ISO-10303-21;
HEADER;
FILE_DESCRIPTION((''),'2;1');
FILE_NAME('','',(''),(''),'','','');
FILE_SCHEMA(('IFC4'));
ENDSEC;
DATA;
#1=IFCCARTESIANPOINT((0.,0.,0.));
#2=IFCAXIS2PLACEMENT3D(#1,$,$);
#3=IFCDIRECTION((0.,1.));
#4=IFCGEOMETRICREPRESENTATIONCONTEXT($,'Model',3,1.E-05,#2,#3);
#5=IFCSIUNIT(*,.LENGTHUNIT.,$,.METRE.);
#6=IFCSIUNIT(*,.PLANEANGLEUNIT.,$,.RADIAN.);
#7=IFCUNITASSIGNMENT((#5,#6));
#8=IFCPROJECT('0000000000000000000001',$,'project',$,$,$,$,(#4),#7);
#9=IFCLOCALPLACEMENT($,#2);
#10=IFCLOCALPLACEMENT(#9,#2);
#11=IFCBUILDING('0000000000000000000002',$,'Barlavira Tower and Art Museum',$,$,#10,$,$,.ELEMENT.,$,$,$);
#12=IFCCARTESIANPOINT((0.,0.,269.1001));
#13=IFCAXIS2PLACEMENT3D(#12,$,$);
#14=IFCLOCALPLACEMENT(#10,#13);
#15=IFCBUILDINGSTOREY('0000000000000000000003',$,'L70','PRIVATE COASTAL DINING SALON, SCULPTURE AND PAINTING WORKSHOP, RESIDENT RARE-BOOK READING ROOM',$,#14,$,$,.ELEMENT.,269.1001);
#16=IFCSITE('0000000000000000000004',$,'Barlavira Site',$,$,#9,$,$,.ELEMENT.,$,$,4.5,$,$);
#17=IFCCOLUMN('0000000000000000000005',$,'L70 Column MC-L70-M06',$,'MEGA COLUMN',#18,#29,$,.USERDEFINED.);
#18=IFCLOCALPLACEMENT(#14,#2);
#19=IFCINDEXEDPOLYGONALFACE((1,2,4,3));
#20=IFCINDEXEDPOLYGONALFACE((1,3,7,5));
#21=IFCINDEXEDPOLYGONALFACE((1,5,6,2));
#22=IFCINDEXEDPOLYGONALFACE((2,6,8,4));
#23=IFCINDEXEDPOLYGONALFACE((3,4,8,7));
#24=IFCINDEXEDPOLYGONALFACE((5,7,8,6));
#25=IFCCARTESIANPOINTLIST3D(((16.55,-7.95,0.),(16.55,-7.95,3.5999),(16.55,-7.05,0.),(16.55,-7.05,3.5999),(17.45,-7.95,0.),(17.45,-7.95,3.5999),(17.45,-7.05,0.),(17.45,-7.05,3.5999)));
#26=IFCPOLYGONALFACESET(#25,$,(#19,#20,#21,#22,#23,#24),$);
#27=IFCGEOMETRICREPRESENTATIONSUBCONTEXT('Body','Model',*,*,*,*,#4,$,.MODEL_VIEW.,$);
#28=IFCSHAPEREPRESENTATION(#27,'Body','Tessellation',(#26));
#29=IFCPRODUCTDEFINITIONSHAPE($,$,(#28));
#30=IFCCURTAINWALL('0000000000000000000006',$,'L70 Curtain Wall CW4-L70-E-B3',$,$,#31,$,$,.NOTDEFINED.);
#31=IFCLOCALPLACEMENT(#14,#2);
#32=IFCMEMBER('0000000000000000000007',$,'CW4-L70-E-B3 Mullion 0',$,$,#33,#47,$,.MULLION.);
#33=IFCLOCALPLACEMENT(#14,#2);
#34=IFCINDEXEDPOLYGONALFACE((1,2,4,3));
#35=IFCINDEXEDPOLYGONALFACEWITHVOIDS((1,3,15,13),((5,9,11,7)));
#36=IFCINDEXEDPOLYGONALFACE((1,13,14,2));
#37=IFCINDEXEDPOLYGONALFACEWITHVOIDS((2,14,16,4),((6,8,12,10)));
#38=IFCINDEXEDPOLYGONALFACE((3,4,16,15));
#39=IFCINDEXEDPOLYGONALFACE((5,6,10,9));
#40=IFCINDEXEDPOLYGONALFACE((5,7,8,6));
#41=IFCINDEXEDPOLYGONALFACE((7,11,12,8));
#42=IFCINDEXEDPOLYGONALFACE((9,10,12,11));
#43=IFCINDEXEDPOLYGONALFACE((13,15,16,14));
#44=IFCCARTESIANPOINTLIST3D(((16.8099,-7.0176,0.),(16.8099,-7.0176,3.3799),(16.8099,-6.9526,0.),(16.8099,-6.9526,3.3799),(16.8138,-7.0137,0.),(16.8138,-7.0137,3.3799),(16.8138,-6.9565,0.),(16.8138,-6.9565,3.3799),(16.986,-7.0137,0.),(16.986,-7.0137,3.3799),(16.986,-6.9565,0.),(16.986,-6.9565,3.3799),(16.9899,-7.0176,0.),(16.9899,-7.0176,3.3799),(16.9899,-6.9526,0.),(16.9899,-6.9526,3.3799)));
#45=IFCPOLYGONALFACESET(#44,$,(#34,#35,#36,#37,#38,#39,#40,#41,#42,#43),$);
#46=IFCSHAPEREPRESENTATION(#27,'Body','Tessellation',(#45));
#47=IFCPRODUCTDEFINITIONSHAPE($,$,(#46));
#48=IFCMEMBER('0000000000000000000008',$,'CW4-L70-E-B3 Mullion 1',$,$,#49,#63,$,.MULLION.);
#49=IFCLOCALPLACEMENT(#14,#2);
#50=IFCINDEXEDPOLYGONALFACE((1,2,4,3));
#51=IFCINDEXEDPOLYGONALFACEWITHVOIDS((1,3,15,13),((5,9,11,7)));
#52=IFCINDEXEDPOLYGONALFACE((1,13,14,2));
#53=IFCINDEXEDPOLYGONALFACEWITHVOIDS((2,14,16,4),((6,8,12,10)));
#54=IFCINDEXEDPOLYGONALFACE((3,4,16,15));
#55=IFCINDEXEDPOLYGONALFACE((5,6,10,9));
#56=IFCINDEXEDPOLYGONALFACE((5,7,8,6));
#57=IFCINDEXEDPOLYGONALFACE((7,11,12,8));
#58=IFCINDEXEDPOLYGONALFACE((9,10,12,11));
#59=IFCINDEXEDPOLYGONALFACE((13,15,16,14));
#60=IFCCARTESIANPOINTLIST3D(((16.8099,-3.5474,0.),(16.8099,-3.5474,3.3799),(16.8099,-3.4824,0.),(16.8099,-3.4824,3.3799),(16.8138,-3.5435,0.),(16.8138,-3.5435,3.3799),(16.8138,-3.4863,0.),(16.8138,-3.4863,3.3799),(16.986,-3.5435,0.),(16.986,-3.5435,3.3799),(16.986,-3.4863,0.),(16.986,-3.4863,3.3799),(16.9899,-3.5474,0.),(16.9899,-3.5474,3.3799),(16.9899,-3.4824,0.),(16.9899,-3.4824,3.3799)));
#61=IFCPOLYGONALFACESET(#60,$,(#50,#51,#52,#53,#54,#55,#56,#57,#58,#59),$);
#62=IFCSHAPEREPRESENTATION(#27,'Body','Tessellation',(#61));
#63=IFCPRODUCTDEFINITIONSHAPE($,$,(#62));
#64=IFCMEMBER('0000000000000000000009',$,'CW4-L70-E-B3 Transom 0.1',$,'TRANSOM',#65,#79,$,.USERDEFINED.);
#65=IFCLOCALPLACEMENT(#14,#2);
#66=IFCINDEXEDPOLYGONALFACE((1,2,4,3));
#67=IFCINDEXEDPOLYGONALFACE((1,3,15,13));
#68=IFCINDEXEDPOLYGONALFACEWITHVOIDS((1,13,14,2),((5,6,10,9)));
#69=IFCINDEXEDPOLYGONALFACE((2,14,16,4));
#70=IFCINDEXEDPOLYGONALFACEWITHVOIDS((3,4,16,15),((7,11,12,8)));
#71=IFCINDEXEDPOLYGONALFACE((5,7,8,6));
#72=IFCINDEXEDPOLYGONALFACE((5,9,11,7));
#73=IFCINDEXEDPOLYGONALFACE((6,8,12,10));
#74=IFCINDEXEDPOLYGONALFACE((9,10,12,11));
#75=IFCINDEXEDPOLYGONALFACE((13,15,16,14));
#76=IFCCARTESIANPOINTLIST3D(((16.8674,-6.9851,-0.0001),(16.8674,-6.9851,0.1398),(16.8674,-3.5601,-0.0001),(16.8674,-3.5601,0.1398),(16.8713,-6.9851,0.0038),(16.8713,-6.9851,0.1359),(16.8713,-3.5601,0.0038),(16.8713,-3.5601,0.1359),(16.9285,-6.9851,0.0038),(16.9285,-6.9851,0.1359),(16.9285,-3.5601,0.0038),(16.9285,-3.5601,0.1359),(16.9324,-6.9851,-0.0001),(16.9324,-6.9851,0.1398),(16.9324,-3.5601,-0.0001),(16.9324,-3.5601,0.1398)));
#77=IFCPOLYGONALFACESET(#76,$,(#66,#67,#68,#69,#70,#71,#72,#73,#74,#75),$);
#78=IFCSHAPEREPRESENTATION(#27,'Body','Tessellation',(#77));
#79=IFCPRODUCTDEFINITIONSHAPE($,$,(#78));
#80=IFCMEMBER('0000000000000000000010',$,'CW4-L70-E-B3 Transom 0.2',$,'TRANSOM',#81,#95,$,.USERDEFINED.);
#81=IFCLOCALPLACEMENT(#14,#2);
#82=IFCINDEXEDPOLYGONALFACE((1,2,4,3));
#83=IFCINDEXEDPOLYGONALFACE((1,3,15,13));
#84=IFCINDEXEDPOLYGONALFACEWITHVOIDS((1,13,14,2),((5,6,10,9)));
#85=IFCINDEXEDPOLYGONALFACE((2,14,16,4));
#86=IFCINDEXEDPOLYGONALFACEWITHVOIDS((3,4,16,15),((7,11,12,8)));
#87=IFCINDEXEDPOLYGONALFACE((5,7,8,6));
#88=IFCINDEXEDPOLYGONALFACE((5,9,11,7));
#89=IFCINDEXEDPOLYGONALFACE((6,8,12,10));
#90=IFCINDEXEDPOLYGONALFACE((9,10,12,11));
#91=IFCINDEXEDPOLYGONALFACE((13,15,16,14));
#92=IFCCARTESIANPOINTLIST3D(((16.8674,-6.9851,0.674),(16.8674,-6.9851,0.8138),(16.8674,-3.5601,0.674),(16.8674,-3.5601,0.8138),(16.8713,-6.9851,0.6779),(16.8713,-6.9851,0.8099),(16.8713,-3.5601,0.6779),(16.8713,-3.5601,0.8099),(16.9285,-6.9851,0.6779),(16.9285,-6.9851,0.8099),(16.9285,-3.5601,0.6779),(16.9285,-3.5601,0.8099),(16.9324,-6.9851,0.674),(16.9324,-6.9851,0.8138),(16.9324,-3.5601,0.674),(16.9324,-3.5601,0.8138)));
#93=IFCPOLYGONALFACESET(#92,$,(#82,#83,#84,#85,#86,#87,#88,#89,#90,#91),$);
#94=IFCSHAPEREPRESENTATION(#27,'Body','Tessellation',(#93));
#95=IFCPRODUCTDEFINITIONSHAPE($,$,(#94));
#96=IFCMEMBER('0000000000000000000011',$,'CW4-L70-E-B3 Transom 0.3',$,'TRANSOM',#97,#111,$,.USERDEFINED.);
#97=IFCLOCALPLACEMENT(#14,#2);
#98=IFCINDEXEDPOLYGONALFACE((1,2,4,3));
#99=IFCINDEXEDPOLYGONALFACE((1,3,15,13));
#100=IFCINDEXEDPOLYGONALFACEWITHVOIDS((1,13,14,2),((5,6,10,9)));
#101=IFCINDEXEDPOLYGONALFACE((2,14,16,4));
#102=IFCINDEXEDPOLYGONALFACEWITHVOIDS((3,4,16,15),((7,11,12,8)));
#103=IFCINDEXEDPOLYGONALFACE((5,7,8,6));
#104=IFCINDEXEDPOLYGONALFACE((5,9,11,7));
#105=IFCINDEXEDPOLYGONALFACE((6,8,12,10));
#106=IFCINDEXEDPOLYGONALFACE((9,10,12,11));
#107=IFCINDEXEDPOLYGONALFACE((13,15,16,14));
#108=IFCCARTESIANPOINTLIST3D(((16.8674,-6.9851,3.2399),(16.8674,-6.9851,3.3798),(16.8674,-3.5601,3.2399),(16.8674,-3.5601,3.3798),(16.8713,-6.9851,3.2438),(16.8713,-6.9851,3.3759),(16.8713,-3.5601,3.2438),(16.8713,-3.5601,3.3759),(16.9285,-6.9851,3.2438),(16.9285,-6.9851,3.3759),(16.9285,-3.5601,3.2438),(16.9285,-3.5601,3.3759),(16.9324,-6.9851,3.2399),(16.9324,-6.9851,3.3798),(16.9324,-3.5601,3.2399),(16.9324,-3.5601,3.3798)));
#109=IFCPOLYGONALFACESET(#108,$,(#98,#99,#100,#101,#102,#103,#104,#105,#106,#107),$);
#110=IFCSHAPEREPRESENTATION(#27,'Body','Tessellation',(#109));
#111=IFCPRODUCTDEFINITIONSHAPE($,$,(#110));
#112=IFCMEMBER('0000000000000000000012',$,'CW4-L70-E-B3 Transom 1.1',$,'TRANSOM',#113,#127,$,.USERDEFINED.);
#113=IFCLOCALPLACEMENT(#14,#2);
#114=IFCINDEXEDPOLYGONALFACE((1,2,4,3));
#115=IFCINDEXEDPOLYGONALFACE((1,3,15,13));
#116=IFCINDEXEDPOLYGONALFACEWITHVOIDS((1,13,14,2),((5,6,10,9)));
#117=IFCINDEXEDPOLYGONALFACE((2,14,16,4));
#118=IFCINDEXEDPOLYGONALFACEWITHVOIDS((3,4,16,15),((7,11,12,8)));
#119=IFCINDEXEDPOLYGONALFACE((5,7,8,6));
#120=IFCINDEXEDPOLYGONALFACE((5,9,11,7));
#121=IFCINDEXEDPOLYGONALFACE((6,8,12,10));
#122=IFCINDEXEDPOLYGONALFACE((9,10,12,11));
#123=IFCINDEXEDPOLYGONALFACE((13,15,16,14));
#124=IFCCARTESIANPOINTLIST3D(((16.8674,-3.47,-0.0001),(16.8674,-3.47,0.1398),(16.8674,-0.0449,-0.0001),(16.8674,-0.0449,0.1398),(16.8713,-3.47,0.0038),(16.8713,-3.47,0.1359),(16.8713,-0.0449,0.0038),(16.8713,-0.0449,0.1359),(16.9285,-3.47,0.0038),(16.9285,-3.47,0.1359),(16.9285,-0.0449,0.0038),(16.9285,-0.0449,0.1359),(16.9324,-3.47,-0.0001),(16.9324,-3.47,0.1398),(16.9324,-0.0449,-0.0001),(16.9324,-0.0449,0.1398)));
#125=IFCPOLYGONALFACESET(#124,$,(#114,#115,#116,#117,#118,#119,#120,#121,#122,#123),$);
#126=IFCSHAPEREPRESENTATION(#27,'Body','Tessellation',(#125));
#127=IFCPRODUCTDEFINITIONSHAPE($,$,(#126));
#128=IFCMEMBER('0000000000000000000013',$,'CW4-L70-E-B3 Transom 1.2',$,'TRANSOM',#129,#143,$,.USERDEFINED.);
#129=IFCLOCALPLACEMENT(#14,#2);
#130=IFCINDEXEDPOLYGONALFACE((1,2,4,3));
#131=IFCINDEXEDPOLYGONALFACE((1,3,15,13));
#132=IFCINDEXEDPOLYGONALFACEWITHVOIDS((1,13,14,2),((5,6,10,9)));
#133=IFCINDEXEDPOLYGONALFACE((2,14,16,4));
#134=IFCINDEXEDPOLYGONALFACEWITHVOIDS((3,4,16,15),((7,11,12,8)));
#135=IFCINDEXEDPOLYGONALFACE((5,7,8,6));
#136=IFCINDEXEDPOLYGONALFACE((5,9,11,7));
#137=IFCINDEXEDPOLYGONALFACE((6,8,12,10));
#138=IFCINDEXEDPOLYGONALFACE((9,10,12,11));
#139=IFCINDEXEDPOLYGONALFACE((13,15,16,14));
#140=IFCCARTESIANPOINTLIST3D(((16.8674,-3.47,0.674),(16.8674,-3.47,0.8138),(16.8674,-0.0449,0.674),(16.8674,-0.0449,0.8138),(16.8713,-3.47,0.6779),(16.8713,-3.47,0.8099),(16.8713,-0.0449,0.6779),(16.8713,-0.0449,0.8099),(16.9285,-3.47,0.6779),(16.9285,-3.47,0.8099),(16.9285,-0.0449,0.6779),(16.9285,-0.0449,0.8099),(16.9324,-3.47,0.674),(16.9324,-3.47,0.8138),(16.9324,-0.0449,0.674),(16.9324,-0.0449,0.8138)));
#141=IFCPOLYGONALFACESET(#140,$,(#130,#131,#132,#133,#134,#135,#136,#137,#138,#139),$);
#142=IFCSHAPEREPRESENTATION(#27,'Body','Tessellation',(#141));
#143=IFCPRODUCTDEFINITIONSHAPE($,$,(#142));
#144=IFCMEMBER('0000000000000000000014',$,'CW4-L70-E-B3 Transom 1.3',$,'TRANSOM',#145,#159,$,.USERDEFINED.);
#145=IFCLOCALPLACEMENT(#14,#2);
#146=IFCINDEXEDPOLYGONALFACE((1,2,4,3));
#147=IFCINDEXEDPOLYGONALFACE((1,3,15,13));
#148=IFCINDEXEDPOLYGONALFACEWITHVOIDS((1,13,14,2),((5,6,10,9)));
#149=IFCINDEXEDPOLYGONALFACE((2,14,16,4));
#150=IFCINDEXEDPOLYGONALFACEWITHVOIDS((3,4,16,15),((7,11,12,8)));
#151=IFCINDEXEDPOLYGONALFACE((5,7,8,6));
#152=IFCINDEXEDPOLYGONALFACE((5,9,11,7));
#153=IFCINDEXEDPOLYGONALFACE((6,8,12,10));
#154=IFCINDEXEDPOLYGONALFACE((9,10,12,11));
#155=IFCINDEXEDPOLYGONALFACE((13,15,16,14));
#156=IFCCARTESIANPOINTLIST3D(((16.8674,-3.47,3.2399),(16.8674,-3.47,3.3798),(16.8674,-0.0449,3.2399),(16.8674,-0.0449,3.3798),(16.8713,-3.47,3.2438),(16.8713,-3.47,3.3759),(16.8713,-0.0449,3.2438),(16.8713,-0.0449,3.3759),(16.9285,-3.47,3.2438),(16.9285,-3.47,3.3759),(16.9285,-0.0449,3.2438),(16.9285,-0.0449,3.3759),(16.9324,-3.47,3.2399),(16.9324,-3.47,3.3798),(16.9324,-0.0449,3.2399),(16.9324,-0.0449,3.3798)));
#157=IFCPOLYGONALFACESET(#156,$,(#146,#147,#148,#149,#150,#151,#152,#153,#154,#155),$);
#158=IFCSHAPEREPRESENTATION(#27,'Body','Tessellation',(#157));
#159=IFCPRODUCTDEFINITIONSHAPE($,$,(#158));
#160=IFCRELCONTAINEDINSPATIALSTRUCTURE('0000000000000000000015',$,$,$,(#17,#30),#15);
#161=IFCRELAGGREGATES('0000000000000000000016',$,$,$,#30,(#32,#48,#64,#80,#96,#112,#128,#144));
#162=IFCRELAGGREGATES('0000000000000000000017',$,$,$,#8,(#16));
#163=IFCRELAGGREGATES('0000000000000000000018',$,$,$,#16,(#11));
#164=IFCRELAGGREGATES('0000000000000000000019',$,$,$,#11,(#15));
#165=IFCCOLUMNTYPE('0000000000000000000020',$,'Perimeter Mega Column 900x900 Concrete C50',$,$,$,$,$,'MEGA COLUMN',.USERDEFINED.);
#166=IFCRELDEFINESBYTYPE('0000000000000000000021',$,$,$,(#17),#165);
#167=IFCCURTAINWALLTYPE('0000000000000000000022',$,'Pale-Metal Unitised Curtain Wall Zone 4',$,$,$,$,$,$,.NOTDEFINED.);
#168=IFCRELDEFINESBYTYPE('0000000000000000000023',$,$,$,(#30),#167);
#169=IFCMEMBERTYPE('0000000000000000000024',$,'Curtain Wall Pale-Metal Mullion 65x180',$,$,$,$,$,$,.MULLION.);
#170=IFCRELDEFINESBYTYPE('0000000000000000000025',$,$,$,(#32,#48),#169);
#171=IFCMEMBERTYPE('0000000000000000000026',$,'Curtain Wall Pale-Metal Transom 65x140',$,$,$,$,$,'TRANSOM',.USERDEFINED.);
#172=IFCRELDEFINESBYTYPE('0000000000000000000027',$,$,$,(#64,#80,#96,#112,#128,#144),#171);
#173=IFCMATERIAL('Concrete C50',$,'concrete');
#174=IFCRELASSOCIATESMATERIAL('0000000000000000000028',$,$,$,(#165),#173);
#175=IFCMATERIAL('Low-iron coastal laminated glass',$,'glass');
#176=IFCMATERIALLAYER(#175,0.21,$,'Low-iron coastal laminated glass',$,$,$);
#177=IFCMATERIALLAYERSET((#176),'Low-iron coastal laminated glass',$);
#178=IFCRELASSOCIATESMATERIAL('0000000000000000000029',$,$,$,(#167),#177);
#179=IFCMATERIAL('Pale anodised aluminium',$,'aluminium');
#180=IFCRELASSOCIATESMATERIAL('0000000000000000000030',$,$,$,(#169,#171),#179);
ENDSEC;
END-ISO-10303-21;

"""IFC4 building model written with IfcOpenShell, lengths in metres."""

from ifc_helpers import new_model, si_unit, direction, frame, origin, origin_2d, place, context, subcontext, project, spatial, rectangle, hollow_rectangle, extrude, material, layer, layer_set, material_profile, profile_set, type_object, element, aggregate, save


model = new_model("IFC4")

# Units and contexts
model_context = context("Model", 3, precision=1e-05, world=origin(), true_north=direction((0.0, 1.0)))
body_context = subcontext(model_context, "Body", "Model", "MODEL_VIEW")
ifc_project = project(units=[si_unit("LENGTHUNIT", "METRE"), si_unit("PLANEANGLEUNIT", "RADIAN")], contexts=[model_context])

# Site, building, storey
site_placement = place(None, origin())
site = spatial("IfcSite", under=ifc_project, at=site_placement, Name="Barlavira Site", CompositionType="ELEMENT", RefElevation=4.5)
building_placement = place(site_placement, origin())
building = spatial("IfcBuilding", under=site, at=building_placement, Name="Barlavira Tower and Art Museum", CompositionType="ELEMENT")
storey_placement = place(building_placement, frame((0.0, 0.0, 269.1001)))
storey = spatial("IfcBuildingStorey", under=building, at=storey_placement, Name="L70", Description="PRIVATE COASTAL DINING SALON, SCULPTURE AND PAINTING WORKSHOP, RESIDENT RARE-BOOK READING ROOM", CompositionType="ELEMENT", Elevation=269.1001)

# Column
ifc_material_1 = material(Name="Concrete C50", Category="concrete")
ifc_material_profile_1 = material_profile(ifc_material_1, rectangle(XDim=0.8999, YDim=0.8999, at=origin_2d()), Name="RC-COL 900x900")
ifc_profile_set_1 = profile_set([ifc_material_profile_1], Name="Concrete C50")
column_type = type_object("IfcColumnType", Name="Perimeter Mega Column 900x900 Concrete C50", ElementType="MEGA COLUMN", PredefinedType="USERDEFINED", material=ifc_profile_set_1)
column_placement = place(storey_placement, frame((17.0, -7.5, 0.0), z_axis=(0.0, 0.0, 1.0), x_axis=(1.0, 0.0, 0.0)))
element("IfcColumn", 1, at=column_placement, inside=storey, type_object=column_type, Name="L70 Column MC-L70-M06", ObjectType="MEGA COLUMN", PredefinedType="USERDEFINED", context=body_context, shape_type="SweptSolid", body=[
    extrude(rectangle(XDim=0.8999, YDim=0.8999, at=origin_2d()), origin(), (0.0, 0.0, 1.0), 3.5999),
])

# Curtain wall, members
ifc_material_2 = material(Name="Low-iron coastal laminated glass", Category="glass")
ifc_layer_1 = layer(ifc_material_2, 0.21, Name="Low-iron coastal laminated glass")
ifc_layer_set_1 = layer_set([ifc_layer_1], Name="Low-iron coastal laminated glass")
curtain_wall_type = type_object("IfcCurtainWallType", Name="Pale-Metal Unitised Curtain Wall Zone 4", PredefinedType="NOTDEFINED", material=ifc_layer_set_1)
curtain_wall_placement = place(storey_placement, origin())
curtain_wall = element("IfcCurtainWall", 2, at=curtain_wall_placement, inside=storey, type_object=curtain_wall_type, Name="L70 Curtain Wall CW4-L70-E-B3", PredefinedType="NOTDEFINED")
ifc_material_3 = material(Name="Pale anodised aluminium", Category="aluminium")
ifc_material_profile_2 = material_profile(ifc_material_3, hollow_rectangle(XDim=0.0649, YDim=0.1799, WallThickness=0.0039, at=origin_2d()), Name="ALU-MULL 65x180x4")
ifc_profile_set_2 = profile_set([ifc_material_profile_2], Name="Pale anodised aluminium")
member_type_1 = type_object("IfcMemberType", Name="Curtain Wall Pale-Metal Mullion 65x180", PredefinedType="MULLION", material=ifc_profile_set_2)
member_1_placement = place(storey_placement, frame((16.8999, -6.9851, 0.0), z_axis=(0.0, 0.0, 1.0), x_axis=(0.0, 1.0, 0.0)))
member_1 = element("IfcMember", 3, at=member_1_placement, type_object=member_type_1, Name="CW4-L70-E-B3 Mullion 0", PredefinedType="MULLION", context=body_context, shape_type="SweptSolid", body=[
    extrude(hollow_rectangle(XDim=0.0649, YDim=0.1799, WallThickness=0.0039, at=origin_2d()), origin(), (0.0, 0.0, 1.0), 3.3799),
])
member_2_placement = place(storey_placement, frame((16.8999, -3.5149, 0.0), z_axis=(0.0, 0.0, 1.0), x_axis=(0.0, 1.0, 0.0)))
member_2 = element("IfcMember", 4, at=member_2_placement, type_object=member_type_1, Name="CW4-L70-E-B3 Mullion 1", PredefinedType="MULLION", context=body_context, shape_type="SweptSolid", body=[
    extrude(hollow_rectangle(XDim=0.0649, YDim=0.1799, WallThickness=0.0039, at=origin_2d()), origin(), (0.0, 0.0, 1.0), 3.3799),
])
ifc_material_profile_3 = material_profile(ifc_material_3, hollow_rectangle(XDim=0.0649, YDim=0.1399, WallThickness=0.0039, at=origin_2d()), Name="ALU-TRAN 65x140x4")
ifc_profile_set_3 = profile_set([ifc_material_profile_3], Name="Pale anodised aluminium")
member_type_2 = type_object("IfcMemberType", Name="Curtain Wall Pale-Metal Transom 65x140", ElementType="TRANSOM", PredefinedType="USERDEFINED", material=ifc_profile_set_3)
member_3_placement = place(storey_placement, frame((16.8999, -6.9851, 0.0698), z_axis=(0.0, 1.0, 0.0), x_axis=(-1.0, 0.0, 0.0)))
member_3 = element("IfcMember", 5, at=member_3_placement, type_object=member_type_2, Name="CW4-L70-E-B3 Transom 0.1", ObjectType="TRANSOM", PredefinedType="USERDEFINED", context=body_context, shape_type="SweptSolid", body=[
    extrude(hollow_rectangle(XDim=0.0649, YDim=0.1399, WallThickness=0.0039, at=origin_2d()), origin(), (0.0, 0.0, 1.0), 3.425),
])
member_4_placement = place(storey_placement, frame((16.8999, -6.9851, 0.7439), z_axis=(0.0, 1.0, 0.0), x_axis=(-1.0, 0.0, 0.0)))
member_4 = element("IfcMember", 6, at=member_4_placement, type_object=member_type_2, Name="CW4-L70-E-B3 Transom 0.2", ObjectType="TRANSOM", PredefinedType="USERDEFINED", context=body_context, shape_type="SweptSolid", body=[
    extrude(hollow_rectangle(XDim=0.0649, YDim=0.1399, WallThickness=0.0039, at=origin_2d()), origin(), (0.0, 0.0, 1.0), 3.425),
])
member_5_placement = place(storey_placement, frame((16.8999, -6.9851, 3.3098), z_axis=(0.0, 1.0, 0.0), x_axis=(-1.0, 0.0, 0.0)))
member_5 = element("IfcMember", 7, at=member_5_placement, type_object=member_type_2, Name="CW4-L70-E-B3 Transom 0.3", ObjectType="TRANSOM", PredefinedType="USERDEFINED", context=body_context, shape_type="SweptSolid", body=[
    extrude(hollow_rectangle(XDim=0.0649, YDim=0.1399, WallThickness=0.0039, at=origin_2d()), origin(), (0.0, 0.0, 1.0), 3.425),
])
member_6_placement = place(storey_placement, frame((16.8999, -3.47, 0.0698), z_axis=(0.0, 1.0, 0.0), x_axis=(-1.0, 0.0, 0.0)))
member_6 = element("IfcMember", 8, at=member_6_placement, type_object=member_type_2, Name="CW4-L70-E-B3 Transom 1.1", ObjectType="TRANSOM", PredefinedType="USERDEFINED", context=body_context, shape_type="SweptSolid", body=[
    extrude(hollow_rectangle(XDim=0.0649, YDim=0.1399, WallThickness=0.0039, at=origin_2d()), origin(), (0.0, 0.0, 1.0), 3.425),
])
member_7_placement = place(storey_placement, frame((16.8999, -3.47, 0.7439), z_axis=(0.0, 1.0, 0.0), x_axis=(-1.0, 0.0, 0.0)))
member_7 = element("IfcMember", 9, at=member_7_placement, type_object=member_type_2, Name="CW4-L70-E-B3 Transom 1.2", ObjectType="TRANSOM", PredefinedType="USERDEFINED", context=body_context, shape_type="SweptSolid", body=[
    extrude(hollow_rectangle(XDim=0.0649, YDim=0.1399, WallThickness=0.0039, at=origin_2d()), origin(), (0.0, 0.0, 1.0), 3.425),
])
member_8_placement = place(storey_placement, frame((16.8999, -3.47, 3.3098), z_axis=(0.0, 1.0, 0.0), x_axis=(-1.0, 0.0, 0.0)))
member_8 = element("IfcMember", 10, at=member_8_placement, type_object=member_type_2, Name="CW4-L70-E-B3 Transom 1.3", ObjectType="TRANSOM", PredefinedType="USERDEFINED", context=body_context, shape_type="SweptSolid", body=[
    extrude(hollow_rectangle(XDim=0.0649, YDim=0.1399, WallThickness=0.0039, at=origin_2d()), origin(), (0.0, 0.0, 1.0), 3.425),
])

aggregate(curtain_wall, [member_1, member_2, member_3, member_4, member_5, member_6, member_7, member_8])

save(model, "model.ifc")
